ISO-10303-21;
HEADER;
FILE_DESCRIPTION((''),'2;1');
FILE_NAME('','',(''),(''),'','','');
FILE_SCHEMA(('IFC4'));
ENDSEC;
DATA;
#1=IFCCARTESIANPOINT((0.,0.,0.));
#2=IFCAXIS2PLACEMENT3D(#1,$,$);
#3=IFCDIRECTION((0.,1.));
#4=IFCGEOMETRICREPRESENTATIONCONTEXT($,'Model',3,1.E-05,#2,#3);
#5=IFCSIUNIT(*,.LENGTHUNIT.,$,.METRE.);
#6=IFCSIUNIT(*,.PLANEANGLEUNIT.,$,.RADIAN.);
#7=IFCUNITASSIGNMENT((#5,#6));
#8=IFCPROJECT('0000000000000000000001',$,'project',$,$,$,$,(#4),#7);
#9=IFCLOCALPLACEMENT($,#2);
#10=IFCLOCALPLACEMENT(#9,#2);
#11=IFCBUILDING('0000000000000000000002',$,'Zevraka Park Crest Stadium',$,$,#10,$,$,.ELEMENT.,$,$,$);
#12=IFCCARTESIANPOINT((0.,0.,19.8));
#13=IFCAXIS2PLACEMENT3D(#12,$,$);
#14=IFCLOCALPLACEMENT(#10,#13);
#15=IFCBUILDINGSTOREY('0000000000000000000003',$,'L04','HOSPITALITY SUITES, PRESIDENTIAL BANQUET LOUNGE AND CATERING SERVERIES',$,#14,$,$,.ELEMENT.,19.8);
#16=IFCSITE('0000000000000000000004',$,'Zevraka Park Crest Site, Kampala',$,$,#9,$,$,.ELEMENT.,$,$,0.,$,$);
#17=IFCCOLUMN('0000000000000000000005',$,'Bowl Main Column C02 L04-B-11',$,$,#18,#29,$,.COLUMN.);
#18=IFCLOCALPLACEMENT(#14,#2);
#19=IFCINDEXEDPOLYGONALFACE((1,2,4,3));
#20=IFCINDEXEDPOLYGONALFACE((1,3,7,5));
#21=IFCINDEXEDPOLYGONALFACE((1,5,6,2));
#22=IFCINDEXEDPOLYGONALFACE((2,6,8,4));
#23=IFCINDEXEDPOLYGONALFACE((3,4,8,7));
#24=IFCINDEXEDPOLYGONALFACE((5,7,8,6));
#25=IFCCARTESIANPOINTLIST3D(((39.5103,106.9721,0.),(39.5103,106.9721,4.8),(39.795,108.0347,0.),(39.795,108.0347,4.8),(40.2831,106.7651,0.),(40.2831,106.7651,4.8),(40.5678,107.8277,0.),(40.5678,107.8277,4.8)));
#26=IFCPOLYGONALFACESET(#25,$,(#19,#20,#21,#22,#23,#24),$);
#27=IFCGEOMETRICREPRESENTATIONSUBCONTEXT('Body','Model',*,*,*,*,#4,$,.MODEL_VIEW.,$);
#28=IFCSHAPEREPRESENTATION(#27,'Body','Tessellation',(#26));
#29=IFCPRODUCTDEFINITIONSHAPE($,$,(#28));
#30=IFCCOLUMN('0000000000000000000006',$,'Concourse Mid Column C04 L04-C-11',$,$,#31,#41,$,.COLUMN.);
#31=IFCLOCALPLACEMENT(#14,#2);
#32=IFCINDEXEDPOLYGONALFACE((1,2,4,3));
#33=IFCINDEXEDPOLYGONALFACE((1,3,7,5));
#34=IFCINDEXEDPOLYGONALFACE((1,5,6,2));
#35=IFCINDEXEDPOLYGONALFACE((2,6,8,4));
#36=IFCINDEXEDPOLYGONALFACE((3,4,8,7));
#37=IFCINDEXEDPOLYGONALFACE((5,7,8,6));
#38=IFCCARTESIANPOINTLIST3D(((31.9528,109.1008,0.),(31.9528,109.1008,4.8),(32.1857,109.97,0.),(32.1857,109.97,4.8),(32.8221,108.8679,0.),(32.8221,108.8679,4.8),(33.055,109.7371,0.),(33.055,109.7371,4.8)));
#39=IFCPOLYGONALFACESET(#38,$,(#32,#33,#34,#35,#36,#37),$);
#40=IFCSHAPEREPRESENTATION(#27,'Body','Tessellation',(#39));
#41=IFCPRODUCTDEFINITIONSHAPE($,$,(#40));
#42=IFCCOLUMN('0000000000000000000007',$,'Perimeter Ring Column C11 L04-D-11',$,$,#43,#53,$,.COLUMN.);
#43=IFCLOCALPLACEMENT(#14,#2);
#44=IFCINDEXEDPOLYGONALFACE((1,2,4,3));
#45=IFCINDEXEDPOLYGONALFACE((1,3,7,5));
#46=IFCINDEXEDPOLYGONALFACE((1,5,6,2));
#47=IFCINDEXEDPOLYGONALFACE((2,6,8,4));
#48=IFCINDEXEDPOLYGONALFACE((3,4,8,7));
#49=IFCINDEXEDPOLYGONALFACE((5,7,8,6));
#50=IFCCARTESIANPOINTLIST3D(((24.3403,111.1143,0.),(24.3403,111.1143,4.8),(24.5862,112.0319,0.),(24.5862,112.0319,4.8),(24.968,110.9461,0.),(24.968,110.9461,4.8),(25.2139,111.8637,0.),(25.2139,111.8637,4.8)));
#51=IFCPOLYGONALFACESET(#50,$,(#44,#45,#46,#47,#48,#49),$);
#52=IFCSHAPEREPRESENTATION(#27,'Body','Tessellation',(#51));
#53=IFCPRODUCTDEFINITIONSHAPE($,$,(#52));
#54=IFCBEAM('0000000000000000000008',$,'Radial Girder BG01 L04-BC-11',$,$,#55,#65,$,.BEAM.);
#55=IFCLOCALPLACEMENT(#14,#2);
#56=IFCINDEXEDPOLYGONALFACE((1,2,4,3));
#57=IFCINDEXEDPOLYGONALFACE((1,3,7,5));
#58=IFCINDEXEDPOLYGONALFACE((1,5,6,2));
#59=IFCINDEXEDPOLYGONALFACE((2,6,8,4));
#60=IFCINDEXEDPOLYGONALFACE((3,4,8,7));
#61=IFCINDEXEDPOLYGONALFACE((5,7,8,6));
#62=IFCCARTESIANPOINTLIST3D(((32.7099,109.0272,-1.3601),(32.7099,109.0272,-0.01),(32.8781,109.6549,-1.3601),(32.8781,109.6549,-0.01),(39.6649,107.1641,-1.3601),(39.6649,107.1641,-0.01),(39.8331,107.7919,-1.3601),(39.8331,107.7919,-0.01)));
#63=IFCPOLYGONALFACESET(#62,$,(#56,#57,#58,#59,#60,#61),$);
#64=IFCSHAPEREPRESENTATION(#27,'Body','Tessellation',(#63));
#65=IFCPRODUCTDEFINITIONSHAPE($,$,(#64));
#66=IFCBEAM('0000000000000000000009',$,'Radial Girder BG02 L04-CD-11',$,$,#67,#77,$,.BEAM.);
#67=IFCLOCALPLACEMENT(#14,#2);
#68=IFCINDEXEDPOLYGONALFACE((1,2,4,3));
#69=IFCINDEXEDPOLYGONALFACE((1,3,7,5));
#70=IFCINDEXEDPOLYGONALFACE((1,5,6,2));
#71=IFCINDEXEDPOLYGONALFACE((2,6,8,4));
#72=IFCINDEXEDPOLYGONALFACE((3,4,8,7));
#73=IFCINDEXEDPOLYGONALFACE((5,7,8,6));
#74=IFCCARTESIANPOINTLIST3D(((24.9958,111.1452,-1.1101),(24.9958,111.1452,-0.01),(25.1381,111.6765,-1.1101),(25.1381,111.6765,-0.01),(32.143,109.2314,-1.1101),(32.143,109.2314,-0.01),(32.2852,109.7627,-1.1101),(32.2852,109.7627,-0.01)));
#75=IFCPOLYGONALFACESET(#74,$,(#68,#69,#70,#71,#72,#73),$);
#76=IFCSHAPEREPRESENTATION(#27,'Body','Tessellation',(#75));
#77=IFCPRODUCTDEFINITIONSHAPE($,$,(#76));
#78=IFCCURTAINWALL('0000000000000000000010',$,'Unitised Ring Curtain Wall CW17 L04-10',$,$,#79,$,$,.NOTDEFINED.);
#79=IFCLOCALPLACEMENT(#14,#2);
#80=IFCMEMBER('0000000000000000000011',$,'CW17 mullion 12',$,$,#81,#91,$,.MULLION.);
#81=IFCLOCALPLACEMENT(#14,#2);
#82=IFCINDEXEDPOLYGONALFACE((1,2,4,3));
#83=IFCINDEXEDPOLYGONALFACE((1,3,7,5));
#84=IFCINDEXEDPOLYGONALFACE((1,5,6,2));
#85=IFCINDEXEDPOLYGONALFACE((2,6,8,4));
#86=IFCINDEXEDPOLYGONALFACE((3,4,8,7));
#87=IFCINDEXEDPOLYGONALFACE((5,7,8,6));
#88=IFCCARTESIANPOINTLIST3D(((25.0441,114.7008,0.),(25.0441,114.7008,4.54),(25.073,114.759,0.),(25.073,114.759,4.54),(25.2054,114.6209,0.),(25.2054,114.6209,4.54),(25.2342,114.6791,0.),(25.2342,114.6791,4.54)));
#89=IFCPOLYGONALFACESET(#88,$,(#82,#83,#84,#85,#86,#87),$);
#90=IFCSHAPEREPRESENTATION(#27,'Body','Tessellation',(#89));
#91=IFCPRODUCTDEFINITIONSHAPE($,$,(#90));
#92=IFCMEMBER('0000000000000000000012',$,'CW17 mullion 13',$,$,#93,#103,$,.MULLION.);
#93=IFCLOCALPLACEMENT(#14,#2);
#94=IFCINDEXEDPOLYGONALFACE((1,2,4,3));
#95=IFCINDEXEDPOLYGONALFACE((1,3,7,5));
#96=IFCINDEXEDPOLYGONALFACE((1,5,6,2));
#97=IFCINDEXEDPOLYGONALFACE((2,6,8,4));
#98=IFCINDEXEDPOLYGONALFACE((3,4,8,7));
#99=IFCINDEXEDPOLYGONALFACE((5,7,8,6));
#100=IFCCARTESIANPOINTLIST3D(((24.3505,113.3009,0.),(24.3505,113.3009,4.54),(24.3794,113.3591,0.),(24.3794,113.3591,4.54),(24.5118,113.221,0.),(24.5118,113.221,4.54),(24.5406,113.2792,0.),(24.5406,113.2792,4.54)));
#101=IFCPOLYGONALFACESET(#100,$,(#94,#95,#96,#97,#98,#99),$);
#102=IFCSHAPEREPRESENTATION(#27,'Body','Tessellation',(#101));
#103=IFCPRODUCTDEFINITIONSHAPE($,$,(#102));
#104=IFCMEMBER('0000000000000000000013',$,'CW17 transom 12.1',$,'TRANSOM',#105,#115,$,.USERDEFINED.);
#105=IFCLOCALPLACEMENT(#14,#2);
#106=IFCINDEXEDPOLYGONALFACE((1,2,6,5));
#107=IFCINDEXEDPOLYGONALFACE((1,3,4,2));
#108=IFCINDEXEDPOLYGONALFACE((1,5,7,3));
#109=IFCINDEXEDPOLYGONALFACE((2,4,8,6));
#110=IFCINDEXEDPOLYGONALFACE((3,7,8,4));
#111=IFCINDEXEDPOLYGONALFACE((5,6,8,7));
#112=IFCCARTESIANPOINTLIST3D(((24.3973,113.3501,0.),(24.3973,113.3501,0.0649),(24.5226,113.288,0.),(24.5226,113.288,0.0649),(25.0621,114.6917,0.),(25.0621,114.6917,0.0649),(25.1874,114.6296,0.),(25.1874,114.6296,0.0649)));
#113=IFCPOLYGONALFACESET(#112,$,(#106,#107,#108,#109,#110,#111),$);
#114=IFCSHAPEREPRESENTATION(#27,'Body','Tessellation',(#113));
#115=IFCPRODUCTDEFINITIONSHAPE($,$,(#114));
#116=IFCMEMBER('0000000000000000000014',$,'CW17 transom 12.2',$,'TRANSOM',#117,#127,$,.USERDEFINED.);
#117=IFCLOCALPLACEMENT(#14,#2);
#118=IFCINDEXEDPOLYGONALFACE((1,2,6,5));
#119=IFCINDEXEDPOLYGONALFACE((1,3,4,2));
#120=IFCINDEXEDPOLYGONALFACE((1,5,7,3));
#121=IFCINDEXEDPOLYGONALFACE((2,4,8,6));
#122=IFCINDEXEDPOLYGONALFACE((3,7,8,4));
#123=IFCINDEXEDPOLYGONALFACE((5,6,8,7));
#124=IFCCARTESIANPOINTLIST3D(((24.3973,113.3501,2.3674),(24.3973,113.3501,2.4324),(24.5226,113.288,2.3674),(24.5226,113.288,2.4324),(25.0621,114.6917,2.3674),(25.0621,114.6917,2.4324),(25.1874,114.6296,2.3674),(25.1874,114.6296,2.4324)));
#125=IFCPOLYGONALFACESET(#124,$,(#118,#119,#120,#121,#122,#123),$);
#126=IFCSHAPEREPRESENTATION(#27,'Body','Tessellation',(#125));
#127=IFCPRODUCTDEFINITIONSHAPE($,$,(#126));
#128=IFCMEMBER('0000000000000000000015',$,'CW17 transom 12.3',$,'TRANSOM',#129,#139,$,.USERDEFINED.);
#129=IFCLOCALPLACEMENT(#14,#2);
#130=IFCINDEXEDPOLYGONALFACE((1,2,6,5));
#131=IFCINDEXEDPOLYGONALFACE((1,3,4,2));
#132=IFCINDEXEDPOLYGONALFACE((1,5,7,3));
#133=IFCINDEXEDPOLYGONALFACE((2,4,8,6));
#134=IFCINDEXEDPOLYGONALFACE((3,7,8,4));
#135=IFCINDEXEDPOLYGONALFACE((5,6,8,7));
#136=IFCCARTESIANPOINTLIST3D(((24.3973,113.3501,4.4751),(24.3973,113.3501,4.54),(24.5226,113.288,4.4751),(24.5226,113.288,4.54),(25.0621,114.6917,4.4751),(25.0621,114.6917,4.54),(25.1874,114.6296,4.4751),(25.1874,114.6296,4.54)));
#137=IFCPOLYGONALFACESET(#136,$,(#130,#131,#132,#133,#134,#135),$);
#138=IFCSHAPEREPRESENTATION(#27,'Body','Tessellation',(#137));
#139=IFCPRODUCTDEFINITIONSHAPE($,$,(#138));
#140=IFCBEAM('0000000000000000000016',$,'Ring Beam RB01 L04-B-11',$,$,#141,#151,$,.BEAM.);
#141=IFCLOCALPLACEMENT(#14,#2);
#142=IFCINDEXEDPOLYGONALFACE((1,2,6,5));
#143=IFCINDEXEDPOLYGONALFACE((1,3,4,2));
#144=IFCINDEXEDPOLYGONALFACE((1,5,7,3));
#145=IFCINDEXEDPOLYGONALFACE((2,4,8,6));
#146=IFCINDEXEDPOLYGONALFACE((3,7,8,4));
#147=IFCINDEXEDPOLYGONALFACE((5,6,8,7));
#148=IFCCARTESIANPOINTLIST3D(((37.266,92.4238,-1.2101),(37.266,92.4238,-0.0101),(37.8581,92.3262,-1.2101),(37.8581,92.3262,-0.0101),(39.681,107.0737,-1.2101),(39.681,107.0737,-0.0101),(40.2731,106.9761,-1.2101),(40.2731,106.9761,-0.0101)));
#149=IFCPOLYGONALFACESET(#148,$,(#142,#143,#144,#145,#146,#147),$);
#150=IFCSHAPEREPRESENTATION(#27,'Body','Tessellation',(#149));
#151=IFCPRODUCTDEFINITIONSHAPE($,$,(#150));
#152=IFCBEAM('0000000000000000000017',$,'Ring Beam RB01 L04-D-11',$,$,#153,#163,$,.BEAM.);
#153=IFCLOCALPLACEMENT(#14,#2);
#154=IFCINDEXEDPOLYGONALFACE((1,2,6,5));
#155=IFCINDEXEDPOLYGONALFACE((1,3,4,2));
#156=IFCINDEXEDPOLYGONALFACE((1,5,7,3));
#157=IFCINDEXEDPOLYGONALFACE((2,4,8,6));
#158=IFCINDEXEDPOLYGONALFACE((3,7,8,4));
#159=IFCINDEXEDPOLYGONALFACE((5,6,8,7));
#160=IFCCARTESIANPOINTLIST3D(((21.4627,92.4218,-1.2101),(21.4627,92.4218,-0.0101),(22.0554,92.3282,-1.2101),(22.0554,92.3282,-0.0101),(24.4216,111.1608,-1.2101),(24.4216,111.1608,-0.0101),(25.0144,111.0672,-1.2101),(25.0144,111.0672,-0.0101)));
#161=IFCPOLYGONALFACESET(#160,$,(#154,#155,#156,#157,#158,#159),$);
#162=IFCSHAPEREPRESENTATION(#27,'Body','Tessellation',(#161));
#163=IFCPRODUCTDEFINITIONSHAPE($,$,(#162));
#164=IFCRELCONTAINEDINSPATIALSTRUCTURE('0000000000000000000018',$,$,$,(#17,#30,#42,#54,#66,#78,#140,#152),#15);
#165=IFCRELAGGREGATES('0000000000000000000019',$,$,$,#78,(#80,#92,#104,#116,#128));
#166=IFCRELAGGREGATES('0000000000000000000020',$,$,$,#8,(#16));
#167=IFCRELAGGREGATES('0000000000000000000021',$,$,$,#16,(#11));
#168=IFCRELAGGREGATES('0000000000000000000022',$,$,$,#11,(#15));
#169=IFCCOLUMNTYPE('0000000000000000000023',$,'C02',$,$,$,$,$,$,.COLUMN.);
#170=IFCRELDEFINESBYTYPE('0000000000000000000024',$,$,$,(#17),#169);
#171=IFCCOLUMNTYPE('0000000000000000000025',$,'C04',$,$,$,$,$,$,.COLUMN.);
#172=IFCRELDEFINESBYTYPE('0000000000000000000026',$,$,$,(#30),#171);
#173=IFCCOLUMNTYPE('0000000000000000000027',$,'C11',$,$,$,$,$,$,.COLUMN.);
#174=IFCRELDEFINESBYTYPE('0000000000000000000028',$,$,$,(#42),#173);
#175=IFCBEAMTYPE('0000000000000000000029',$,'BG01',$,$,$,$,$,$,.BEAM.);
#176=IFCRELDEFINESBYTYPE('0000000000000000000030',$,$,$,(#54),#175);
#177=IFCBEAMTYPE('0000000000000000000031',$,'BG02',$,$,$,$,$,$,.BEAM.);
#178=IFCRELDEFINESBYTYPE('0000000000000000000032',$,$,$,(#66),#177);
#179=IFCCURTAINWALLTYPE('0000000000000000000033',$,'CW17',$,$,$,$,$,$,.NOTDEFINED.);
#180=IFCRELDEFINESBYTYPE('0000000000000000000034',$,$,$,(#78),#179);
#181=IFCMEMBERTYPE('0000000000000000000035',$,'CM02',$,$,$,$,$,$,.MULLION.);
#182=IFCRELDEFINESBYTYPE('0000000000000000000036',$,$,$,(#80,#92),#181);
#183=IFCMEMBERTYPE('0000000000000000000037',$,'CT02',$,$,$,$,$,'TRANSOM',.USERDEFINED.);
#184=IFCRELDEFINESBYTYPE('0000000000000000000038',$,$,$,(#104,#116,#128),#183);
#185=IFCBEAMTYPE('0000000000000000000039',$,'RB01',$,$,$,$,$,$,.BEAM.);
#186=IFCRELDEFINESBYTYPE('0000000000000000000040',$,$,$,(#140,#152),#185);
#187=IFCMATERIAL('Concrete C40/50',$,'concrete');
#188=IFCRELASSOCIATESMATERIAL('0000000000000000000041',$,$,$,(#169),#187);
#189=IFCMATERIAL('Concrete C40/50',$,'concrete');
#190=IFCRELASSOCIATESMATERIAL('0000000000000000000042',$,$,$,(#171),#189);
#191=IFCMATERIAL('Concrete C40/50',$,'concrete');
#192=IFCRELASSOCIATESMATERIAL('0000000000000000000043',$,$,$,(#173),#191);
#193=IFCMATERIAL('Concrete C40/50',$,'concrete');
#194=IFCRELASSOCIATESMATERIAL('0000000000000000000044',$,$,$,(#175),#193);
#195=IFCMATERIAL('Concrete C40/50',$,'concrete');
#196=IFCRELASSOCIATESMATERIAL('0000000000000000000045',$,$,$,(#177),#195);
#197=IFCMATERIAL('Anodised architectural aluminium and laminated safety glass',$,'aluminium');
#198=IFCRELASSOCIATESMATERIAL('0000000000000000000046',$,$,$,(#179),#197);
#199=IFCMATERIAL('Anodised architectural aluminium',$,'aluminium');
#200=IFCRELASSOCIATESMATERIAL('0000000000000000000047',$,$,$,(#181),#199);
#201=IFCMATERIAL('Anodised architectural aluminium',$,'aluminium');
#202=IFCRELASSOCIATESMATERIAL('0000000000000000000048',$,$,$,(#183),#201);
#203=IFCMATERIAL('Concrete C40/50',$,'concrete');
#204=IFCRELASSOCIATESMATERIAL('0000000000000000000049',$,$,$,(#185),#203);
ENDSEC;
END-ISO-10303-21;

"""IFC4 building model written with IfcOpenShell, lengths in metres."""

from ifc_helpers import new_model, si_unit, direction, frame, origin, origin_2d, place, context, subcontext, project, spatial, rectangle, extrude, material, material_profile, profile_set, type_object, element, aggregate, save


model = new_model("IFC4")

# Units and contexts
model_context = context("Model", 3, precision=1e-05, world=origin(), true_north=direction((0.0, 1.0)))
body_context = subcontext(model_context, "Body", "Model", "MODEL_VIEW")
ifc_project = project(units=[si_unit("LENGTHUNIT", "METRE"), si_unit("PLANEANGLEUNIT", "RADIAN")], contexts=[model_context])

# Site, building, storey
site_placement = place(None, origin())
site = spatial("IfcSite", under=ifc_project, at=site_placement, Name="Zevraka Park Crest Site, Kampala", CompositionType="ELEMENT", RefElevation=0.0)
building_placement = place(site_placement, origin())
building = spatial("IfcBuilding", under=site, at=building_placement, Name="Zevraka Park Crest Stadium", CompositionType="ELEMENT")
storey_placement = place(building_placement, frame((0.0, 0.0, 19.8)))
storey = spatial("IfcBuildingStorey", under=building, at=storey_placement, Name="L04", Description="HOSPITALITY SUITES, PRESIDENTIAL BANQUET LOUNGE AND CATERING SERVERIES", CompositionType="ELEMENT", Elevation=19.8)

# Columns
ifc_material_1 = material(Name="Concrete C40/50", Category="concrete")
ifc_material_profile_1 = material_profile(ifc_material_1, rectangle(XDim=0.8, YDim=1.1001, at=origin_2d()), Name="RC 1100x800")
ifc_profile_set_1 = profile_set([ifc_material_profile_1], Name="Concrete C40/50")
column_type_1 = type_object("IfcColumnType", Name="C02", PredefinedType="COLUMN", material=ifc_profile_set_1)
column_1_placement = place(storey_placement, frame((40.0391, 107.3999, 0.0), z_axis=(0.0, 0.0, 1.0), x_axis=(-0.965926, 0.258819, 0.0)))
element("IfcColumn", 1, at=column_1_placement, inside=storey, type_object=column_type_1, Name="Bowl Main Column C02 L04-B-11", PredefinedType="COLUMN", context=body_context, shape_type="SweptSolid", body=[
    extrude(rectangle(XDim=0.8, YDim=1.1001, at=origin_2d()), origin(), (0.0, 0.0, 1.0), 4.8),
])
ifc_material_2 = material(Name="Concrete C40/50", Category="concrete")
ifc_material_profile_2 = material_profile(ifc_material_2, rectangle(XDim=0.8999, YDim=0.8999, at=origin_2d()), Name="RC 900x900")
ifc_profile_set_2 = profile_set([ifc_material_profile_2], Name="Concrete C40/50")
column_type_2 = type_object("IfcColumnType", Name="C04", PredefinedType="COLUMN", material=ifc_profile_set_2)
column_2_placement = place(storey_placement, frame((32.5039, 109.4189, 0.0), z_axis=(0.0, 0.0, 1.0), x_axis=(-0.965926, 0.258819, 0.0)))
element("IfcColumn", 2, at=column_2_placement, inside=storey, type_object=column_type_2, Name="Concourse Mid Column C04 L04-C-11", PredefinedType="COLUMN", context=body_context, shape_type="SweptSolid", body=[
    extrude(rectangle(XDim=0.8999, YDim=0.8999, at=origin_2d()), origin(), (0.0, 0.0, 1.0), 4.8),
])
ifc_material_3 = material(Name="Concrete C40/50", Category="concrete")
ifc_material_profile_3 = material_profile(ifc_material_3, rectangle(XDim=0.6499, YDim=0.95, at=origin_2d()), Name="RC 950x650")
ifc_profile_set_3 = profile_set([ifc_material_profile_3], Name="Concrete C40/50")
column_type_3 = type_object("IfcColumnType", Name="C11", PredefinedType="COLUMN", material=ifc_profile_set_3)
column_3_placement = place(storey_placement, frame((24.7771, 111.489, 0.0), z_axis=(0.0, 0.0, 1.0), x_axis=(-0.965926, 0.258819, 0.0)))
element("IfcColumn", 3, at=column_3_placement, inside=storey, type_object=column_type_3, Name="Perimeter Ring Column C11 L04-D-11", PredefinedType="COLUMN", context=body_context, shape_type="SweptSolid", body=[
    extrude(rectangle(XDim=0.6499, YDim=0.95, at=origin_2d()), origin(), (0.0, 0.0, 1.0), 4.8),
])

# Beams
ifc_material_4 = material(Name="Concrete C40/50", Category="concrete")
ifc_material_profile_4 = material_profile(ifc_material_4, rectangle(XDim=0.6499, YDim=1.3501, at=origin_2d()), Name="RC 1350x650")
ifc_profile_set_4 = profile_set([ifc_material_profile_4], Name="Concrete C40/50")
beam_type_1 = type_object("IfcBeamType", Name="BG01", PredefinedType="BEAM", material=ifc_profile_set_4)
beam_1_placement = place(storey_placement, frame((39.749, 107.478, -0.6851), z_axis=(-0.965946, 0.258745, 0.0), x_axis=(-0.258745, -0.965946, 0.0)))
element("IfcBeam", 4, at=beam_1_placement, inside=storey, type_object=beam_type_1, Name="Radial Girder BG01 L04-BC-11", PredefinedType="BEAM", context=body_context, shape_type="SweptSolid", body=[
    extrude(rectangle(XDim=0.6499, YDim=1.3501, at=origin_2d()), origin(), (0.0, 0.0, 1.0), 7.2002),
])
ifc_material_5 = material(Name="Concrete C40/50", Category="concrete")
ifc_material_profile_5 = material_profile(ifc_material_5, rectangle(XDim=0.55, YDim=1.1001, at=origin_2d()), Name="RC 1100x550")
ifc_profile_set_5 = profile_set([ifc_material_profile_5], Name="Concrete C40/50")
beam_type_2 = type_object("IfcBeamType", Name="BG02", PredefinedType="BEAM", material=ifc_profile_set_5)
beam_2_placement = place(storey_placement, frame((32.2141, 109.4971, -0.5601), z_axis=(-0.965969, 0.258659, 0.0), x_axis=(-0.258659, -0.965969, 0.0)))
element("IfcBeam", 5, at=beam_2_placement, inside=storey, type_object=beam_type_2, Name="Radial Girder BG02 L04-CD-11", PredefinedType="BEAM", context=body_context, shape_type="SweptSolid", body=[
    extrude(rectangle(XDim=0.55, YDim=1.1001, at=origin_2d()), origin(), (0.0, 0.0, 1.0), 7.3989),
])

# Curtain wall, members
ifc_material_6 = material(Name="Anodised architectural aluminium and laminated safety glass", Category="aluminium")
curtain_wall_type = type_object("IfcCurtainWallType", Name="CW17", PredefinedType="NOTDEFINED", material=ifc_material_6)
curtain_wall_placement = place(storey_placement, origin())
curtain_wall = element("IfcCurtainWall", 6, at=curtain_wall_placement, inside=storey, type_object=curtain_wall_type, Name="Unitised Ring Curtain Wall CW17 L04-10", PredefinedType="NOTDEFINED")
ifc_material_7 = material(Name="Anodised architectural aluminium", Category="aluminium")
ifc_material_profile_6 = material_profile(ifc_material_7, rectangle(XDim=0.1799, YDim=0.0649, at=origin_2d()), Name="ALU MULLION 180x65")
ifc_profile_set_6 = profile_set([ifc_material_profile_6], Name="Anodised architectural aluminium")
member_type_1 = type_object("IfcMemberType", Name="CM02", PredefinedType="MULLION", material=ifc_profile_set_6)
member_1_placement = place(storey_placement, frame((25.1392, 114.6899, 0.0), z_axis=(0.0, 0.0, 1.0), x_axis=(0.896046, -0.443961, 0.0)))
member_1 = element("IfcMember", 7, at=member_1_placement, type_object=member_type_1, Name="CW17 mullion 12", PredefinedType="MULLION", context=body_context, shape_type="SweptSolid", body=[
    extrude(rectangle(XDim=0.1799, YDim=0.0649, at=origin_2d()), origin(), (0.0, 0.0, 1.0), 4.54),
])
member_2_placement = place(storey_placement, frame((24.4456, 113.29, 0.0), z_axis=(0.0, 0.0, 1.0), x_axis=(0.896046, -0.443961, 0.0)))
member_2 = element("IfcMember", 8, at=member_2_placement, type_object=member_type_1, Name="CW17 mullion 13", PredefinedType="MULLION", context=body_context, shape_type="SweptSolid", body=[
    extrude(rectangle(XDim=0.1799, YDim=0.0649, at=origin_2d()), origin(), (0.0, 0.0, 1.0), 4.54),
])
ifc_material_8 = material(Name="Anodised architectural aluminium", Category="aluminium")
ifc_material_profile_7 = material_profile(ifc_material_8, rectangle(XDim=0.1399, YDim=0.0649, at=origin_2d()), Name="ALU TRANSOM 140x65")
ifc_profile_set_7 = profile_set([ifc_material_profile_7], Name="Anodised architectural aluminium")
member_type_2 = type_object("IfcMemberType", Name="CT02", ElementType="TRANSOM", PredefinedType="USERDEFINED", material=ifc_profile_set_7)
member_3_placement = place(storey_placement, frame((25.1248, 114.6606, 0.0325), z_axis=(-0.444015, -0.896019, 0.0), x_axis=(0.896019, -0.444015, 0.0)))
member_3 = element("IfcMember", 9, at=member_3_placement, type_object=member_type_2, Name="CW17 transom 12.1", ObjectType="TRANSOM", PredefinedType="USERDEFINED", context=body_context, shape_type="SweptSolid", body=[
    extrude(rectangle(XDim=0.1399, YDim=0.0649, at=origin_2d()), origin(), (0.0, 0.0, 1.0), 1.4973),
])
member_4_placement = place(storey_placement, frame((25.1248, 114.6606, 2.3999), z_axis=(-0.444015, -0.896019, 0.0), x_axis=(0.896019, -0.444015, 0.0)))
member_4 = element("IfcMember", 10, at=member_4_placement, type_object=member_type_2, Name="CW17 transom 12.2", ObjectType="TRANSOM", PredefinedType="USERDEFINED", context=body_context, shape_type="SweptSolid", body=[
    extrude(rectangle(XDim=0.1399, YDim=0.0649, at=origin_2d()), origin(), (0.0, 0.0, 1.0), 1.4973),
])
member_5_placement = place(storey_placement, frame((25.1248, 114.6606, 4.5076), z_axis=(-0.444015, -0.896019, 0.0), x_axis=(0.896019, -0.444015, 0.0)))
member_5 = element("IfcMember", 11, at=member_5_placement, type_object=member_type_2, Name="CW17 transom 12.3", ObjectType="TRANSOM", PredefinedType="USERDEFINED", context=body_context, shape_type="SweptSolid", body=[
    extrude(rectangle(XDim=0.1399, YDim=0.0649, at=origin_2d()), origin(), (0.0, 0.0, 1.0), 1.4973),
])

# Beams
ifc_material_9 = material(Name="Concrete C40/50", Category="concrete")
ifc_material_profile_8 = material_profile(ifc_material_9, rectangle(XDim=0.6001, YDim=1.2, at=origin_2d()), Name="RC 1200x600")
ifc_profile_set_8 = profile_set([ifc_material_profile_8], Name="Concrete C40/50")
beam_type_3 = type_object("IfcBeamType", Name="RB01", PredefinedType="BEAM", material=ifc_profile_set_8)
beam_3_placement = place(storey_placement, frame((39.9771, 107.0249, -0.6101), z_axis=(-0.162655, -0.986683, 0.0), x_axis=(0.986683, -0.162655, 0.0)))
element("IfcBeam", 12, at=beam_3_placement, inside=storey, type_object=beam_type_3, Name="Ring Beam RB01 L04-B-11", PredefinedType="BEAM", context=body_context, shape_type="SweptSolid", body=[
    extrude(rectangle(XDim=0.6001, YDim=1.2, at=origin_2d()), origin(), (0.0, 0.0, 1.0), 14.8477),
])
beam_4_placement = place(storey_placement, frame((24.718, 111.114, -0.6101), z_axis=(-0.155972, -0.987761, 0.0), x_axis=(0.987761, -0.155972, 0.0)))
element("IfcBeam", 13, at=beam_4_placement, inside=storey, type_object=beam_type_3, Name="Ring Beam RB01 L04-D-11", PredefinedType="BEAM", context=body_context, shape_type="SweptSolid", body=[
    extrude(rectangle(XDim=0.6001, YDim=1.2, at=origin_2d()), origin(), (0.0, 0.0, 1.0), 18.9712),
])

aggregate(curtain_wall, [member_1, member_2, member_3, member_4, member_5])

save(model, "model.ifc")
